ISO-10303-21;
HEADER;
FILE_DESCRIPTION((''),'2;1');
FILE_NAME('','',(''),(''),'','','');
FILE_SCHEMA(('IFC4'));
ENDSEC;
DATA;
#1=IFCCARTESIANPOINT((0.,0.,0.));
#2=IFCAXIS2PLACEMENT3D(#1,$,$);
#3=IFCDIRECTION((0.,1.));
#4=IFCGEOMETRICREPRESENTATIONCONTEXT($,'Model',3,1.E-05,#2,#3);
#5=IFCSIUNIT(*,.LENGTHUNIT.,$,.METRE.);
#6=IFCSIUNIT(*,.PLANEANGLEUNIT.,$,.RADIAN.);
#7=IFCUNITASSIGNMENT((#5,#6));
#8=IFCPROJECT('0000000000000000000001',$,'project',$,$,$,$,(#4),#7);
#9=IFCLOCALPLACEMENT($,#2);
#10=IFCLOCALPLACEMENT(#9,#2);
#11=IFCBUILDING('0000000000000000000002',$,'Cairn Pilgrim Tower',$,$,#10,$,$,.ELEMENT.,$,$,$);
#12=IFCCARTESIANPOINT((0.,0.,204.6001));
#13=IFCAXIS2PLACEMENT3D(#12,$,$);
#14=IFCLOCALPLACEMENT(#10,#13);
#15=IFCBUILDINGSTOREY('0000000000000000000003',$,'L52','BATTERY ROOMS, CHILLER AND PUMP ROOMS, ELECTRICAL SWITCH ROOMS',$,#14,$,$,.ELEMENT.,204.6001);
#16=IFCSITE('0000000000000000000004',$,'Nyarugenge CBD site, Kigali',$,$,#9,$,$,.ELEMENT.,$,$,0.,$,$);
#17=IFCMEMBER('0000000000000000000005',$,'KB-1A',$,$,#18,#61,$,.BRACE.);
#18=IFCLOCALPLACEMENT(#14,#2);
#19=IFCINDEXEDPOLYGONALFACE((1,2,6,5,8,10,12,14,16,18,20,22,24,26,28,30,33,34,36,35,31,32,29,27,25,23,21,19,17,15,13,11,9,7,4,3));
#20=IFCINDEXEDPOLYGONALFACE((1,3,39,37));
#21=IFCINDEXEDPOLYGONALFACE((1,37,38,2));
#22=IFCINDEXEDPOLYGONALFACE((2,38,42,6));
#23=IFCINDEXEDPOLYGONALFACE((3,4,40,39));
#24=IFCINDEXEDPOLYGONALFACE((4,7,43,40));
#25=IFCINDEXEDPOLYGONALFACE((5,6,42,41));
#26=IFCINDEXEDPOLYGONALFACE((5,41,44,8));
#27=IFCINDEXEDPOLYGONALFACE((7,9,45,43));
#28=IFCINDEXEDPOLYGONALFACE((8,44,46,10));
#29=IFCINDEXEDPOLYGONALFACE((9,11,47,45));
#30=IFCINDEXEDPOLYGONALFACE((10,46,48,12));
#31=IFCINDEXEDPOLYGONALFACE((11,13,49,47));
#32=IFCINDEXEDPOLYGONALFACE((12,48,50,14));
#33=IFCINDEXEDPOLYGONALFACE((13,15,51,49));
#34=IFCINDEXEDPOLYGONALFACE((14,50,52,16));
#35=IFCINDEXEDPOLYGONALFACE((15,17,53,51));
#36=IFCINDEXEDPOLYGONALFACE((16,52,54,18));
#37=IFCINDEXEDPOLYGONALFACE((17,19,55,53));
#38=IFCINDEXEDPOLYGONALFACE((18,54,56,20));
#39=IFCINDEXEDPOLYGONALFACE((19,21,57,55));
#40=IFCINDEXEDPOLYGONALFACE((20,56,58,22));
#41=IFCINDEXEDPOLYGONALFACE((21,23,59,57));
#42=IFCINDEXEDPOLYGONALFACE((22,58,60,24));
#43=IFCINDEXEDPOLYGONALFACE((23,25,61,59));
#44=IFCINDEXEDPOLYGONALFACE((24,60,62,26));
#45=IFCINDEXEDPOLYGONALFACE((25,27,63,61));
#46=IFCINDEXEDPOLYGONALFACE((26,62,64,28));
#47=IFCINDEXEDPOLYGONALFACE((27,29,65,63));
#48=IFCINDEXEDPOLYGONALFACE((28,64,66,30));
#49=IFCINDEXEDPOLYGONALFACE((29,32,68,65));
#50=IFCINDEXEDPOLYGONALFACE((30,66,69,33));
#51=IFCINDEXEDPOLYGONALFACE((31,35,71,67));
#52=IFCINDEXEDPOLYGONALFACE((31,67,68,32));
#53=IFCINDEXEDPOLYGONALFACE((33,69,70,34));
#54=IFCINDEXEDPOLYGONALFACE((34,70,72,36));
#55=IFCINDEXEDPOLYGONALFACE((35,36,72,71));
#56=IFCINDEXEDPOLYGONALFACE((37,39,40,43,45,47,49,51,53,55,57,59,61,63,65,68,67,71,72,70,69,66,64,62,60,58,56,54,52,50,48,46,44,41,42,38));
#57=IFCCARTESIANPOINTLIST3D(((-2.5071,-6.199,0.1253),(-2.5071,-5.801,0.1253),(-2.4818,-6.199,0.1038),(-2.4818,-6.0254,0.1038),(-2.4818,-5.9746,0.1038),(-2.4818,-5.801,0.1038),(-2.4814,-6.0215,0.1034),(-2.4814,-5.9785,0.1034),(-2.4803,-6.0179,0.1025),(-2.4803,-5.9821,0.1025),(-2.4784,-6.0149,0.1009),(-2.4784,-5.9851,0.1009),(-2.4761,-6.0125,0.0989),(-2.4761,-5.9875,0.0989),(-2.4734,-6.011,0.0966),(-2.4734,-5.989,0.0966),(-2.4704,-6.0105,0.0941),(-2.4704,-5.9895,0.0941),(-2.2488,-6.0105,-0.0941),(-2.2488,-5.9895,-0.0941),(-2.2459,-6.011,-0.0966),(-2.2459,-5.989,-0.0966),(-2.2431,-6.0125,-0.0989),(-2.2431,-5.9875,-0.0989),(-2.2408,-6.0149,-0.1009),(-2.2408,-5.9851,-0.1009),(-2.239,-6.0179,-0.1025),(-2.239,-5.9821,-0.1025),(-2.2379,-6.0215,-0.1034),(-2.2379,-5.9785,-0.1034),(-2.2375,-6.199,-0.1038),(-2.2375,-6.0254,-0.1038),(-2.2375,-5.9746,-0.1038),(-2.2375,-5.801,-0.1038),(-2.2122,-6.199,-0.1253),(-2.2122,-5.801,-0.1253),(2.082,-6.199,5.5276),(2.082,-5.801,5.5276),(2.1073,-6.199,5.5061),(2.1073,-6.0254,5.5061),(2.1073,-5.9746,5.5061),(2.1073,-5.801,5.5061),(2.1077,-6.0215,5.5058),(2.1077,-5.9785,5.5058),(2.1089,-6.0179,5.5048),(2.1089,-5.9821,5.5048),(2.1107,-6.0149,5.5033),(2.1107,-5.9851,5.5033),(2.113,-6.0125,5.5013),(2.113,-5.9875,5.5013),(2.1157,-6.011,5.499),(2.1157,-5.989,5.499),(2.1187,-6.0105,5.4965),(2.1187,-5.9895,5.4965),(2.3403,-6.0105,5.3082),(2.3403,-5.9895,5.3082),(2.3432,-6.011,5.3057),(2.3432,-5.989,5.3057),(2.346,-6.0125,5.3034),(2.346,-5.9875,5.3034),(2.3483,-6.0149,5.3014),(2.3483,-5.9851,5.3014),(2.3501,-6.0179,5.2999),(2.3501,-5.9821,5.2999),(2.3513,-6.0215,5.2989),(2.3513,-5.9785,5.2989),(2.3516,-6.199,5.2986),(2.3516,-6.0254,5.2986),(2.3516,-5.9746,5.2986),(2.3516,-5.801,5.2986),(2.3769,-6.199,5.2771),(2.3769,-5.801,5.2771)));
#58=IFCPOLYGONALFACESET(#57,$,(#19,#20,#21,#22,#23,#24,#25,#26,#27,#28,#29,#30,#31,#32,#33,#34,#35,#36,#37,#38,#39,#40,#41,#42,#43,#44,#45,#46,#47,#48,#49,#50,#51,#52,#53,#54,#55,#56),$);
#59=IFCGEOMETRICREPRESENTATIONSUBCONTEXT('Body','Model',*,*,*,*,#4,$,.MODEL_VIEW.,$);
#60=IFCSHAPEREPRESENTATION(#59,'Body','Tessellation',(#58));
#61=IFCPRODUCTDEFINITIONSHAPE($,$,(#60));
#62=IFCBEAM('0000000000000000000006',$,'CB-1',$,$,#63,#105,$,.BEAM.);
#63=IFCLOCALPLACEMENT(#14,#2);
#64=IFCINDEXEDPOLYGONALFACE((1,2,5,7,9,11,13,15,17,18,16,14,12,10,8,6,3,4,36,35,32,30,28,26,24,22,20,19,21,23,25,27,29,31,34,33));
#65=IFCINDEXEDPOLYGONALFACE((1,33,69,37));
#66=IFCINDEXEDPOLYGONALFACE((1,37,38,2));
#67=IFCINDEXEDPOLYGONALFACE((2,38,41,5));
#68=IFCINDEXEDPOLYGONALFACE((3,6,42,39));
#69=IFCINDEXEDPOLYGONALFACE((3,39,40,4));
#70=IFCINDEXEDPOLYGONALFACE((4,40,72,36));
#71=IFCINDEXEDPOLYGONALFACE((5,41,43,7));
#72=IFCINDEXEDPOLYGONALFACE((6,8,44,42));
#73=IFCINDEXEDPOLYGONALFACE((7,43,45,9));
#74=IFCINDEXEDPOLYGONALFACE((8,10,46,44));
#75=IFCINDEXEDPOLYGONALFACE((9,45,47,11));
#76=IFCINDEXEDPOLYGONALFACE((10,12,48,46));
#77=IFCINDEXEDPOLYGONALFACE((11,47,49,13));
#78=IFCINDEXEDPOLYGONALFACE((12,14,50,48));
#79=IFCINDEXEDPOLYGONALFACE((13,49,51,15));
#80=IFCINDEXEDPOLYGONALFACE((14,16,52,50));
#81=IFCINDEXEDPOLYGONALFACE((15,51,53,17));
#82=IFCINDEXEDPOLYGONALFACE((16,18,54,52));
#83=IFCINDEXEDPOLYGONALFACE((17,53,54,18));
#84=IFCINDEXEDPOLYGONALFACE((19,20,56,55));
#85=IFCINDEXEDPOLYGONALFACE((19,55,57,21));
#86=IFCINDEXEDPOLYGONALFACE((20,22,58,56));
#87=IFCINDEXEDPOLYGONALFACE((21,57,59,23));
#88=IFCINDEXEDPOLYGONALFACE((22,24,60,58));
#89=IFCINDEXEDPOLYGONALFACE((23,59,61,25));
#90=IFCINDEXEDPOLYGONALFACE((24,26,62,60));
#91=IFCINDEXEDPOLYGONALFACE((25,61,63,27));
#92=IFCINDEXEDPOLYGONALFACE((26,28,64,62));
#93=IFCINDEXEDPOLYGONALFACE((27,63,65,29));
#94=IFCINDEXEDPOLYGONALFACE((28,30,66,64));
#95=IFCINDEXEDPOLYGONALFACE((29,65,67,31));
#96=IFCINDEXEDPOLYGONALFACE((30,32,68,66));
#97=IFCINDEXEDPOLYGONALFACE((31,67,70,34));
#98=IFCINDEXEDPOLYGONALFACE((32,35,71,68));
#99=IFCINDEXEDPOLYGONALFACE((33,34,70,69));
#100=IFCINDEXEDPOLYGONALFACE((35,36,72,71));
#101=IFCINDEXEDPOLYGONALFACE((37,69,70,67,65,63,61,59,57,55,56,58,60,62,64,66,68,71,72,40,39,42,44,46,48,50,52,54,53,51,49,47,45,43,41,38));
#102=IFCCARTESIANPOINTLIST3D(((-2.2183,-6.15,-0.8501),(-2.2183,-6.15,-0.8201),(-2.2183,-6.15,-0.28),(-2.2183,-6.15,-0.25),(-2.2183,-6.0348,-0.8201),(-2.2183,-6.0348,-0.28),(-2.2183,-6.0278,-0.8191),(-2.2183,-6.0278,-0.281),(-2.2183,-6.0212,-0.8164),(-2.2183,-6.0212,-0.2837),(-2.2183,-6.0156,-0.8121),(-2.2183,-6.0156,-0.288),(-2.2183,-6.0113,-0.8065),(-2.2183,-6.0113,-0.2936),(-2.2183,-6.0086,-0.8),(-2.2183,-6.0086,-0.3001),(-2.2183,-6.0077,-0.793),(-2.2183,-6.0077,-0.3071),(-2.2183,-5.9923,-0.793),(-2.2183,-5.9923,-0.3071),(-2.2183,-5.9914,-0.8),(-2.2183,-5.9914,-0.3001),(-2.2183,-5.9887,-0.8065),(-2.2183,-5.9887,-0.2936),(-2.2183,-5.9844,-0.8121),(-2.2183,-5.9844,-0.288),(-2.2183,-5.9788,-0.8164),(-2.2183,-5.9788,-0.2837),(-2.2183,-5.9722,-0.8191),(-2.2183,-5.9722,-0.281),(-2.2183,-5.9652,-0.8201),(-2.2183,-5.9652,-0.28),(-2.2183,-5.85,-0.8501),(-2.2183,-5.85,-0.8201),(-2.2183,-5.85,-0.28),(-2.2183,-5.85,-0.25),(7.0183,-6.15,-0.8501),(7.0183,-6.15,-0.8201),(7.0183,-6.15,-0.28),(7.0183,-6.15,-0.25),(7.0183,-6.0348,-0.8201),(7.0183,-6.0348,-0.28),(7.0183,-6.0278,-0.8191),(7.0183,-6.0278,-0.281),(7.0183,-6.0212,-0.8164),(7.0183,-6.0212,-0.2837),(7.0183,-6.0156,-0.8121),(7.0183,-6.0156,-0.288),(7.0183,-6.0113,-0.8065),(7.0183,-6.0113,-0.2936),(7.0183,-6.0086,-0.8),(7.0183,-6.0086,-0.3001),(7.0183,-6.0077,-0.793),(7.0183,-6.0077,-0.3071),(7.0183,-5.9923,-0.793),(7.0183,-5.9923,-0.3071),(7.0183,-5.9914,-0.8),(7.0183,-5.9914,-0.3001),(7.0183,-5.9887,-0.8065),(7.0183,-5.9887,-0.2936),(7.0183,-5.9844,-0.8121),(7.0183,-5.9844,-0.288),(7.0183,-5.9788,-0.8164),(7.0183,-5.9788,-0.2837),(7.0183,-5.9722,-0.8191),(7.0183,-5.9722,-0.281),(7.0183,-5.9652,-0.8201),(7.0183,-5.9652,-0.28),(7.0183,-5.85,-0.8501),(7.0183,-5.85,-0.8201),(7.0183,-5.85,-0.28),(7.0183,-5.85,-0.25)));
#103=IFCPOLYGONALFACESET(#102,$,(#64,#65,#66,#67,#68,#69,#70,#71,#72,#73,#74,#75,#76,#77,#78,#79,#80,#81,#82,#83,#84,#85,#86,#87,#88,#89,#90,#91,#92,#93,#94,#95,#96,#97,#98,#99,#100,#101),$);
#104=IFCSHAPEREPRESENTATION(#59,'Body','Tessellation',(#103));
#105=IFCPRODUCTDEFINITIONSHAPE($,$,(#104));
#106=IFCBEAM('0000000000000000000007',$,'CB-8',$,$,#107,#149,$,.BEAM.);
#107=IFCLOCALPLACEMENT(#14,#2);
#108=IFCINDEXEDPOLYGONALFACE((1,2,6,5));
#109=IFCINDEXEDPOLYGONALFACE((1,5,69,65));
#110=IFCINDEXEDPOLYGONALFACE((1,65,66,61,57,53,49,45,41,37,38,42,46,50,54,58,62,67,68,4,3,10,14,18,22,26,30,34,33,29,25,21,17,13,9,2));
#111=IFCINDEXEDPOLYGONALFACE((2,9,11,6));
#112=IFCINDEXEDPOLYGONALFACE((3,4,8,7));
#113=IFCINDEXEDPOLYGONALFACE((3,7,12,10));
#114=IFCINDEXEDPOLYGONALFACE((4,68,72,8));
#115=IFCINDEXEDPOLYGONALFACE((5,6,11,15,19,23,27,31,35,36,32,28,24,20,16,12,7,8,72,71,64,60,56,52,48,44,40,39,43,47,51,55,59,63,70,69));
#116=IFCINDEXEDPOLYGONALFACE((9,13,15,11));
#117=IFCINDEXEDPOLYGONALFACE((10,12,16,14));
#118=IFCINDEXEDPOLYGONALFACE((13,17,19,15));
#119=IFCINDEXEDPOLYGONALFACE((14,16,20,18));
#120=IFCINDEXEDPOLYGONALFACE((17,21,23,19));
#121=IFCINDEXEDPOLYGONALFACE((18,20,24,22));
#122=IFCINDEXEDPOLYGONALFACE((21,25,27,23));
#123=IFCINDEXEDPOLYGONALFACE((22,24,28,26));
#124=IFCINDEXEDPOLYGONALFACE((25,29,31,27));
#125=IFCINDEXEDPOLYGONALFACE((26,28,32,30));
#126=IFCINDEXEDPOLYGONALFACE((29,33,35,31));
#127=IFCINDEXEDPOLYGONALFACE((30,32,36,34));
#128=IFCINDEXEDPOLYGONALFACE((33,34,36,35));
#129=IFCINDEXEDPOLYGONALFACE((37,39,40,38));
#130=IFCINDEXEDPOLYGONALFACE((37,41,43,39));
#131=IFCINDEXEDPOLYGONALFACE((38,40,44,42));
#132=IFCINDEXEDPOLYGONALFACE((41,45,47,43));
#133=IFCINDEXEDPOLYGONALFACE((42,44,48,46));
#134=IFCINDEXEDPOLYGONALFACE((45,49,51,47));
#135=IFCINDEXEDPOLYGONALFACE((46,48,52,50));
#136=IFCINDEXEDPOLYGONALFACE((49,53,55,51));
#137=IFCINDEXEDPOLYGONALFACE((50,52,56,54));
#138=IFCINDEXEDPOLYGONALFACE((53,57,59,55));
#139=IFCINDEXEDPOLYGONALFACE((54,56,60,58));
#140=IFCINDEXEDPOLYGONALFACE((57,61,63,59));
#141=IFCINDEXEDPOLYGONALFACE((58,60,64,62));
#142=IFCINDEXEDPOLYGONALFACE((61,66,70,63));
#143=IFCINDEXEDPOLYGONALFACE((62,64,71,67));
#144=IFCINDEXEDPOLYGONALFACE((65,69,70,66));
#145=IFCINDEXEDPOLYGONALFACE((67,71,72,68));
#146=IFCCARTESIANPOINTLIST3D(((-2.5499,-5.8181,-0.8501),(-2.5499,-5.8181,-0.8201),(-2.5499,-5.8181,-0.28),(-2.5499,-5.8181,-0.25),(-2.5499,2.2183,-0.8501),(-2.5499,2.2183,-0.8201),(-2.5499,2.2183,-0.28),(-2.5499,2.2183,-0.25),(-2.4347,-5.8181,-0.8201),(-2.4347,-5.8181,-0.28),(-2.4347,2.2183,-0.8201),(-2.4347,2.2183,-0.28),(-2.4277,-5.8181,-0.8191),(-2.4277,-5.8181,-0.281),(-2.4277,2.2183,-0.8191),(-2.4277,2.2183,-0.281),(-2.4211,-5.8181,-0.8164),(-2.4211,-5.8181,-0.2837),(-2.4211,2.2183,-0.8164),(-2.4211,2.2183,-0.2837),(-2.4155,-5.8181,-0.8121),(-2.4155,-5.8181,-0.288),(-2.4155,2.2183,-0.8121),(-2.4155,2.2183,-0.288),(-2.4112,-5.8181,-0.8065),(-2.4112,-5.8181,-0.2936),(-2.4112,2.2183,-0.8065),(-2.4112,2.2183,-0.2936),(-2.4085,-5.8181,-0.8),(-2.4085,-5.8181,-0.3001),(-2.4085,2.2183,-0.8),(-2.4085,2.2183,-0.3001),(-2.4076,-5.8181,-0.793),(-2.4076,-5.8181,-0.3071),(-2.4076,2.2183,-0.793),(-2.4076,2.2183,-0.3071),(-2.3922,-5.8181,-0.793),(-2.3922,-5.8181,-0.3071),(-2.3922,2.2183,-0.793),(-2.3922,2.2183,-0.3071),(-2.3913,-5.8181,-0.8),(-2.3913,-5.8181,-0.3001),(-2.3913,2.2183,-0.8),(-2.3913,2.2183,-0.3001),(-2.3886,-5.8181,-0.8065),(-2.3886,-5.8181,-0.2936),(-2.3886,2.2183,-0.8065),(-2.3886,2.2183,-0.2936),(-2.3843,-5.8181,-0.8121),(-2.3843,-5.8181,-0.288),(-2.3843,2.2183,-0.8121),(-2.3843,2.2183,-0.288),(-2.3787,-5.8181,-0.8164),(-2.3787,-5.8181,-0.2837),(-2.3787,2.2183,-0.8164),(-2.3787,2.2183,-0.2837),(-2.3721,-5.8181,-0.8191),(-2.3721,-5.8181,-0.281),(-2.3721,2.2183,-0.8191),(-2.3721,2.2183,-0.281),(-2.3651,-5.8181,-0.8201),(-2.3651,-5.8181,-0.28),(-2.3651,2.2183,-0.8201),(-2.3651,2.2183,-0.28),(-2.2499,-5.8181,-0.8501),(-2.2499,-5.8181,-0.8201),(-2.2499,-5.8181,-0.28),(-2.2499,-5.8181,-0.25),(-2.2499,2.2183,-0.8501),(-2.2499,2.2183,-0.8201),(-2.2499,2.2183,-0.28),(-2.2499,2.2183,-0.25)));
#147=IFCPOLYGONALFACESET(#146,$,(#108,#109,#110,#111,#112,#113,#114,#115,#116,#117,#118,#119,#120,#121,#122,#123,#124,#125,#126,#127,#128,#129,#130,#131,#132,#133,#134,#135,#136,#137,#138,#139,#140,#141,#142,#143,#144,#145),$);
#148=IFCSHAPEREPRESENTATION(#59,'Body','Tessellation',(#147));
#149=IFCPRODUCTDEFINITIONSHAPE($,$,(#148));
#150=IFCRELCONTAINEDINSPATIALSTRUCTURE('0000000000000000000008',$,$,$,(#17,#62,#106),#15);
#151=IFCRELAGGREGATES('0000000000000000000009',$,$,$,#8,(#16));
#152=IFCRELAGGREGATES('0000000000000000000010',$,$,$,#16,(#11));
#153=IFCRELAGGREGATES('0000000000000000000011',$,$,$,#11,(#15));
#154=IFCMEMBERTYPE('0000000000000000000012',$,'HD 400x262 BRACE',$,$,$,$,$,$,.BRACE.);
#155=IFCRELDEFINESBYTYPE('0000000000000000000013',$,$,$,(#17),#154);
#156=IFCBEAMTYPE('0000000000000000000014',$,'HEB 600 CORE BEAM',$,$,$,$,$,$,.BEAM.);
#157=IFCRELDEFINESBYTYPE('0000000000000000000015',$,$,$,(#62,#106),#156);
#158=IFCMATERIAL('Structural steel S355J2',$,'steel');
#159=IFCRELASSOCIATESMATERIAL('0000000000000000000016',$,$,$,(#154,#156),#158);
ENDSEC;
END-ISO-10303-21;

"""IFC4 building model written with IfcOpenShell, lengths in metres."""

from ifc_helpers import new_model, si_unit, direction, frame, origin, origin_2d, place, context, subcontext, project, spatial, i_section, extrude, material, material_profile, profile_set, type_object, element, save


model = new_model("IFC4")

# Units and contexts
model_context = context("Model", 3, precision=1e-05, world=origin(), true_north=direction((0.0, 1.0)))
body_context = subcontext(model_context, "Body", "Model", "MODEL_VIEW")
ifc_project = project(units=[si_unit("LENGTHUNIT", "METRE"), si_unit("PLANEANGLEUNIT", "RADIAN")], contexts=[model_context])

# Site, building, storey
site_placement = place(None, origin())
site = spatial("IfcSite", under=ifc_project, at=site_placement, Name="Nyarugenge CBD site, Kigali", CompositionType="ELEMENT", RefElevation=0.0)
building_placement = place(site_placement, origin())
building = spatial("IfcBuilding", under=site, at=building_placement, Name="Cairn Pilgrim Tower", CompositionType="ELEMENT")
storey_placement = place(building_placement, frame((0.0, 0.0, 204.6001)))
storey = spatial("IfcBuildingStorey", under=building, at=storey_placement, Name="L52", Description="BATTERY ROOMS, CHILLER AND PUMP ROOMS, ELECTRICAL SWITCH ROOMS", CompositionType="ELEMENT", Elevation=204.6001)

# Member
ifc_material_1 = material(Name="Structural steel S355J2", Category="steel")
ifc_material_profile_1 = material_profile(ifc_material_1, i_section(OverallWidth=0.3979, OverallDepth=0.387, WebThickness=0.021, FlangeThickness=0.0332, FilletRadius=0.0149, at=origin_2d()), Name="HD 400x262")
ifc_profile_set_1 = profile_set([ifc_material_profile_1], Name="Structural steel S355J2")
member_type = type_object("IfcMemberType", Name="HD 400x262 BRACE", PredefinedType="BRACE", material=ifc_profile_set_1)
member_placement = place(storey_placement, frame((-2.3596, -6.0, 0.0), z_axis=(0.647412, 0.0, 0.76214), x_axis=(0.0, 1.0, 0.0)))
element("IfcMember", 1, at=member_placement, inside=storey, type_object=member_type, Name="KB-1A", PredefinedType="BRACE", context=body_context, shape_type="SweptSolid", body=[
    extrude(i_section(OverallWidth=0.3979, OverallDepth=0.387, WebThickness=0.021, FlangeThickness=0.0332, FilletRadius=0.0149, at=origin_2d()), origin(), (0.0, 0.0, 1.0), 7.0884),
])

# Beams
ifc_material_profile_2 = material_profile(ifc_material_1, i_section(OverallWidth=0.3, OverallDepth=0.6001, WebThickness=0.0154, FlangeThickness=0.03, FilletRadius=0.0271, at=origin_2d()), Name="HEB 600")
ifc_profile_set_2 = profile_set([ifc_material_profile_2], Name="Structural steel S355J2")
beam_type = type_object("IfcBeamType", Name="HEB 600 CORE BEAM", PredefinedType="BEAM", material=ifc_profile_set_2)
beam_1_placement = place(storey_placement, frame((-2.2183, -6.0, -0.55), z_axis=(1.0, 0.0, 0.0), x_axis=(0.0, 1.0, 0.0)))
element("IfcBeam", 2, at=beam_1_placement, inside=storey, type_object=beam_type, Name="CB-1", PredefinedType="BEAM", context=body_context, shape_type="SweptSolid", body=[
    extrude(i_section(OverallWidth=0.3, OverallDepth=0.6001, WebThickness=0.0154, FlangeThickness=0.03, FilletRadius=0.0271, at=origin_2d()), origin(), (0.0, 0.0, 1.0), 9.2366),
])
beam_2_placement = place(storey_placement, frame((-2.3999, 2.2183, -0.55), z_axis=(0.0, -1.0, 0.0), x_axis=(1.0, 0.0, 0.0)))
element("IfcBeam", 3, at=beam_2_placement, inside=storey, type_object=beam_type, Name="CB-8", PredefinedType="BEAM", context=body_context, shape_type="SweptSolid", body=[
    extrude(i_section(OverallWidth=0.3, OverallDepth=0.6001, WebThickness=0.0154, FlangeThickness=0.03, FilletRadius=0.0271, at=origin_2d()), origin(), (0.0, 0.0, 1.0), 8.0364),
])

save(model, "model.ifc")
